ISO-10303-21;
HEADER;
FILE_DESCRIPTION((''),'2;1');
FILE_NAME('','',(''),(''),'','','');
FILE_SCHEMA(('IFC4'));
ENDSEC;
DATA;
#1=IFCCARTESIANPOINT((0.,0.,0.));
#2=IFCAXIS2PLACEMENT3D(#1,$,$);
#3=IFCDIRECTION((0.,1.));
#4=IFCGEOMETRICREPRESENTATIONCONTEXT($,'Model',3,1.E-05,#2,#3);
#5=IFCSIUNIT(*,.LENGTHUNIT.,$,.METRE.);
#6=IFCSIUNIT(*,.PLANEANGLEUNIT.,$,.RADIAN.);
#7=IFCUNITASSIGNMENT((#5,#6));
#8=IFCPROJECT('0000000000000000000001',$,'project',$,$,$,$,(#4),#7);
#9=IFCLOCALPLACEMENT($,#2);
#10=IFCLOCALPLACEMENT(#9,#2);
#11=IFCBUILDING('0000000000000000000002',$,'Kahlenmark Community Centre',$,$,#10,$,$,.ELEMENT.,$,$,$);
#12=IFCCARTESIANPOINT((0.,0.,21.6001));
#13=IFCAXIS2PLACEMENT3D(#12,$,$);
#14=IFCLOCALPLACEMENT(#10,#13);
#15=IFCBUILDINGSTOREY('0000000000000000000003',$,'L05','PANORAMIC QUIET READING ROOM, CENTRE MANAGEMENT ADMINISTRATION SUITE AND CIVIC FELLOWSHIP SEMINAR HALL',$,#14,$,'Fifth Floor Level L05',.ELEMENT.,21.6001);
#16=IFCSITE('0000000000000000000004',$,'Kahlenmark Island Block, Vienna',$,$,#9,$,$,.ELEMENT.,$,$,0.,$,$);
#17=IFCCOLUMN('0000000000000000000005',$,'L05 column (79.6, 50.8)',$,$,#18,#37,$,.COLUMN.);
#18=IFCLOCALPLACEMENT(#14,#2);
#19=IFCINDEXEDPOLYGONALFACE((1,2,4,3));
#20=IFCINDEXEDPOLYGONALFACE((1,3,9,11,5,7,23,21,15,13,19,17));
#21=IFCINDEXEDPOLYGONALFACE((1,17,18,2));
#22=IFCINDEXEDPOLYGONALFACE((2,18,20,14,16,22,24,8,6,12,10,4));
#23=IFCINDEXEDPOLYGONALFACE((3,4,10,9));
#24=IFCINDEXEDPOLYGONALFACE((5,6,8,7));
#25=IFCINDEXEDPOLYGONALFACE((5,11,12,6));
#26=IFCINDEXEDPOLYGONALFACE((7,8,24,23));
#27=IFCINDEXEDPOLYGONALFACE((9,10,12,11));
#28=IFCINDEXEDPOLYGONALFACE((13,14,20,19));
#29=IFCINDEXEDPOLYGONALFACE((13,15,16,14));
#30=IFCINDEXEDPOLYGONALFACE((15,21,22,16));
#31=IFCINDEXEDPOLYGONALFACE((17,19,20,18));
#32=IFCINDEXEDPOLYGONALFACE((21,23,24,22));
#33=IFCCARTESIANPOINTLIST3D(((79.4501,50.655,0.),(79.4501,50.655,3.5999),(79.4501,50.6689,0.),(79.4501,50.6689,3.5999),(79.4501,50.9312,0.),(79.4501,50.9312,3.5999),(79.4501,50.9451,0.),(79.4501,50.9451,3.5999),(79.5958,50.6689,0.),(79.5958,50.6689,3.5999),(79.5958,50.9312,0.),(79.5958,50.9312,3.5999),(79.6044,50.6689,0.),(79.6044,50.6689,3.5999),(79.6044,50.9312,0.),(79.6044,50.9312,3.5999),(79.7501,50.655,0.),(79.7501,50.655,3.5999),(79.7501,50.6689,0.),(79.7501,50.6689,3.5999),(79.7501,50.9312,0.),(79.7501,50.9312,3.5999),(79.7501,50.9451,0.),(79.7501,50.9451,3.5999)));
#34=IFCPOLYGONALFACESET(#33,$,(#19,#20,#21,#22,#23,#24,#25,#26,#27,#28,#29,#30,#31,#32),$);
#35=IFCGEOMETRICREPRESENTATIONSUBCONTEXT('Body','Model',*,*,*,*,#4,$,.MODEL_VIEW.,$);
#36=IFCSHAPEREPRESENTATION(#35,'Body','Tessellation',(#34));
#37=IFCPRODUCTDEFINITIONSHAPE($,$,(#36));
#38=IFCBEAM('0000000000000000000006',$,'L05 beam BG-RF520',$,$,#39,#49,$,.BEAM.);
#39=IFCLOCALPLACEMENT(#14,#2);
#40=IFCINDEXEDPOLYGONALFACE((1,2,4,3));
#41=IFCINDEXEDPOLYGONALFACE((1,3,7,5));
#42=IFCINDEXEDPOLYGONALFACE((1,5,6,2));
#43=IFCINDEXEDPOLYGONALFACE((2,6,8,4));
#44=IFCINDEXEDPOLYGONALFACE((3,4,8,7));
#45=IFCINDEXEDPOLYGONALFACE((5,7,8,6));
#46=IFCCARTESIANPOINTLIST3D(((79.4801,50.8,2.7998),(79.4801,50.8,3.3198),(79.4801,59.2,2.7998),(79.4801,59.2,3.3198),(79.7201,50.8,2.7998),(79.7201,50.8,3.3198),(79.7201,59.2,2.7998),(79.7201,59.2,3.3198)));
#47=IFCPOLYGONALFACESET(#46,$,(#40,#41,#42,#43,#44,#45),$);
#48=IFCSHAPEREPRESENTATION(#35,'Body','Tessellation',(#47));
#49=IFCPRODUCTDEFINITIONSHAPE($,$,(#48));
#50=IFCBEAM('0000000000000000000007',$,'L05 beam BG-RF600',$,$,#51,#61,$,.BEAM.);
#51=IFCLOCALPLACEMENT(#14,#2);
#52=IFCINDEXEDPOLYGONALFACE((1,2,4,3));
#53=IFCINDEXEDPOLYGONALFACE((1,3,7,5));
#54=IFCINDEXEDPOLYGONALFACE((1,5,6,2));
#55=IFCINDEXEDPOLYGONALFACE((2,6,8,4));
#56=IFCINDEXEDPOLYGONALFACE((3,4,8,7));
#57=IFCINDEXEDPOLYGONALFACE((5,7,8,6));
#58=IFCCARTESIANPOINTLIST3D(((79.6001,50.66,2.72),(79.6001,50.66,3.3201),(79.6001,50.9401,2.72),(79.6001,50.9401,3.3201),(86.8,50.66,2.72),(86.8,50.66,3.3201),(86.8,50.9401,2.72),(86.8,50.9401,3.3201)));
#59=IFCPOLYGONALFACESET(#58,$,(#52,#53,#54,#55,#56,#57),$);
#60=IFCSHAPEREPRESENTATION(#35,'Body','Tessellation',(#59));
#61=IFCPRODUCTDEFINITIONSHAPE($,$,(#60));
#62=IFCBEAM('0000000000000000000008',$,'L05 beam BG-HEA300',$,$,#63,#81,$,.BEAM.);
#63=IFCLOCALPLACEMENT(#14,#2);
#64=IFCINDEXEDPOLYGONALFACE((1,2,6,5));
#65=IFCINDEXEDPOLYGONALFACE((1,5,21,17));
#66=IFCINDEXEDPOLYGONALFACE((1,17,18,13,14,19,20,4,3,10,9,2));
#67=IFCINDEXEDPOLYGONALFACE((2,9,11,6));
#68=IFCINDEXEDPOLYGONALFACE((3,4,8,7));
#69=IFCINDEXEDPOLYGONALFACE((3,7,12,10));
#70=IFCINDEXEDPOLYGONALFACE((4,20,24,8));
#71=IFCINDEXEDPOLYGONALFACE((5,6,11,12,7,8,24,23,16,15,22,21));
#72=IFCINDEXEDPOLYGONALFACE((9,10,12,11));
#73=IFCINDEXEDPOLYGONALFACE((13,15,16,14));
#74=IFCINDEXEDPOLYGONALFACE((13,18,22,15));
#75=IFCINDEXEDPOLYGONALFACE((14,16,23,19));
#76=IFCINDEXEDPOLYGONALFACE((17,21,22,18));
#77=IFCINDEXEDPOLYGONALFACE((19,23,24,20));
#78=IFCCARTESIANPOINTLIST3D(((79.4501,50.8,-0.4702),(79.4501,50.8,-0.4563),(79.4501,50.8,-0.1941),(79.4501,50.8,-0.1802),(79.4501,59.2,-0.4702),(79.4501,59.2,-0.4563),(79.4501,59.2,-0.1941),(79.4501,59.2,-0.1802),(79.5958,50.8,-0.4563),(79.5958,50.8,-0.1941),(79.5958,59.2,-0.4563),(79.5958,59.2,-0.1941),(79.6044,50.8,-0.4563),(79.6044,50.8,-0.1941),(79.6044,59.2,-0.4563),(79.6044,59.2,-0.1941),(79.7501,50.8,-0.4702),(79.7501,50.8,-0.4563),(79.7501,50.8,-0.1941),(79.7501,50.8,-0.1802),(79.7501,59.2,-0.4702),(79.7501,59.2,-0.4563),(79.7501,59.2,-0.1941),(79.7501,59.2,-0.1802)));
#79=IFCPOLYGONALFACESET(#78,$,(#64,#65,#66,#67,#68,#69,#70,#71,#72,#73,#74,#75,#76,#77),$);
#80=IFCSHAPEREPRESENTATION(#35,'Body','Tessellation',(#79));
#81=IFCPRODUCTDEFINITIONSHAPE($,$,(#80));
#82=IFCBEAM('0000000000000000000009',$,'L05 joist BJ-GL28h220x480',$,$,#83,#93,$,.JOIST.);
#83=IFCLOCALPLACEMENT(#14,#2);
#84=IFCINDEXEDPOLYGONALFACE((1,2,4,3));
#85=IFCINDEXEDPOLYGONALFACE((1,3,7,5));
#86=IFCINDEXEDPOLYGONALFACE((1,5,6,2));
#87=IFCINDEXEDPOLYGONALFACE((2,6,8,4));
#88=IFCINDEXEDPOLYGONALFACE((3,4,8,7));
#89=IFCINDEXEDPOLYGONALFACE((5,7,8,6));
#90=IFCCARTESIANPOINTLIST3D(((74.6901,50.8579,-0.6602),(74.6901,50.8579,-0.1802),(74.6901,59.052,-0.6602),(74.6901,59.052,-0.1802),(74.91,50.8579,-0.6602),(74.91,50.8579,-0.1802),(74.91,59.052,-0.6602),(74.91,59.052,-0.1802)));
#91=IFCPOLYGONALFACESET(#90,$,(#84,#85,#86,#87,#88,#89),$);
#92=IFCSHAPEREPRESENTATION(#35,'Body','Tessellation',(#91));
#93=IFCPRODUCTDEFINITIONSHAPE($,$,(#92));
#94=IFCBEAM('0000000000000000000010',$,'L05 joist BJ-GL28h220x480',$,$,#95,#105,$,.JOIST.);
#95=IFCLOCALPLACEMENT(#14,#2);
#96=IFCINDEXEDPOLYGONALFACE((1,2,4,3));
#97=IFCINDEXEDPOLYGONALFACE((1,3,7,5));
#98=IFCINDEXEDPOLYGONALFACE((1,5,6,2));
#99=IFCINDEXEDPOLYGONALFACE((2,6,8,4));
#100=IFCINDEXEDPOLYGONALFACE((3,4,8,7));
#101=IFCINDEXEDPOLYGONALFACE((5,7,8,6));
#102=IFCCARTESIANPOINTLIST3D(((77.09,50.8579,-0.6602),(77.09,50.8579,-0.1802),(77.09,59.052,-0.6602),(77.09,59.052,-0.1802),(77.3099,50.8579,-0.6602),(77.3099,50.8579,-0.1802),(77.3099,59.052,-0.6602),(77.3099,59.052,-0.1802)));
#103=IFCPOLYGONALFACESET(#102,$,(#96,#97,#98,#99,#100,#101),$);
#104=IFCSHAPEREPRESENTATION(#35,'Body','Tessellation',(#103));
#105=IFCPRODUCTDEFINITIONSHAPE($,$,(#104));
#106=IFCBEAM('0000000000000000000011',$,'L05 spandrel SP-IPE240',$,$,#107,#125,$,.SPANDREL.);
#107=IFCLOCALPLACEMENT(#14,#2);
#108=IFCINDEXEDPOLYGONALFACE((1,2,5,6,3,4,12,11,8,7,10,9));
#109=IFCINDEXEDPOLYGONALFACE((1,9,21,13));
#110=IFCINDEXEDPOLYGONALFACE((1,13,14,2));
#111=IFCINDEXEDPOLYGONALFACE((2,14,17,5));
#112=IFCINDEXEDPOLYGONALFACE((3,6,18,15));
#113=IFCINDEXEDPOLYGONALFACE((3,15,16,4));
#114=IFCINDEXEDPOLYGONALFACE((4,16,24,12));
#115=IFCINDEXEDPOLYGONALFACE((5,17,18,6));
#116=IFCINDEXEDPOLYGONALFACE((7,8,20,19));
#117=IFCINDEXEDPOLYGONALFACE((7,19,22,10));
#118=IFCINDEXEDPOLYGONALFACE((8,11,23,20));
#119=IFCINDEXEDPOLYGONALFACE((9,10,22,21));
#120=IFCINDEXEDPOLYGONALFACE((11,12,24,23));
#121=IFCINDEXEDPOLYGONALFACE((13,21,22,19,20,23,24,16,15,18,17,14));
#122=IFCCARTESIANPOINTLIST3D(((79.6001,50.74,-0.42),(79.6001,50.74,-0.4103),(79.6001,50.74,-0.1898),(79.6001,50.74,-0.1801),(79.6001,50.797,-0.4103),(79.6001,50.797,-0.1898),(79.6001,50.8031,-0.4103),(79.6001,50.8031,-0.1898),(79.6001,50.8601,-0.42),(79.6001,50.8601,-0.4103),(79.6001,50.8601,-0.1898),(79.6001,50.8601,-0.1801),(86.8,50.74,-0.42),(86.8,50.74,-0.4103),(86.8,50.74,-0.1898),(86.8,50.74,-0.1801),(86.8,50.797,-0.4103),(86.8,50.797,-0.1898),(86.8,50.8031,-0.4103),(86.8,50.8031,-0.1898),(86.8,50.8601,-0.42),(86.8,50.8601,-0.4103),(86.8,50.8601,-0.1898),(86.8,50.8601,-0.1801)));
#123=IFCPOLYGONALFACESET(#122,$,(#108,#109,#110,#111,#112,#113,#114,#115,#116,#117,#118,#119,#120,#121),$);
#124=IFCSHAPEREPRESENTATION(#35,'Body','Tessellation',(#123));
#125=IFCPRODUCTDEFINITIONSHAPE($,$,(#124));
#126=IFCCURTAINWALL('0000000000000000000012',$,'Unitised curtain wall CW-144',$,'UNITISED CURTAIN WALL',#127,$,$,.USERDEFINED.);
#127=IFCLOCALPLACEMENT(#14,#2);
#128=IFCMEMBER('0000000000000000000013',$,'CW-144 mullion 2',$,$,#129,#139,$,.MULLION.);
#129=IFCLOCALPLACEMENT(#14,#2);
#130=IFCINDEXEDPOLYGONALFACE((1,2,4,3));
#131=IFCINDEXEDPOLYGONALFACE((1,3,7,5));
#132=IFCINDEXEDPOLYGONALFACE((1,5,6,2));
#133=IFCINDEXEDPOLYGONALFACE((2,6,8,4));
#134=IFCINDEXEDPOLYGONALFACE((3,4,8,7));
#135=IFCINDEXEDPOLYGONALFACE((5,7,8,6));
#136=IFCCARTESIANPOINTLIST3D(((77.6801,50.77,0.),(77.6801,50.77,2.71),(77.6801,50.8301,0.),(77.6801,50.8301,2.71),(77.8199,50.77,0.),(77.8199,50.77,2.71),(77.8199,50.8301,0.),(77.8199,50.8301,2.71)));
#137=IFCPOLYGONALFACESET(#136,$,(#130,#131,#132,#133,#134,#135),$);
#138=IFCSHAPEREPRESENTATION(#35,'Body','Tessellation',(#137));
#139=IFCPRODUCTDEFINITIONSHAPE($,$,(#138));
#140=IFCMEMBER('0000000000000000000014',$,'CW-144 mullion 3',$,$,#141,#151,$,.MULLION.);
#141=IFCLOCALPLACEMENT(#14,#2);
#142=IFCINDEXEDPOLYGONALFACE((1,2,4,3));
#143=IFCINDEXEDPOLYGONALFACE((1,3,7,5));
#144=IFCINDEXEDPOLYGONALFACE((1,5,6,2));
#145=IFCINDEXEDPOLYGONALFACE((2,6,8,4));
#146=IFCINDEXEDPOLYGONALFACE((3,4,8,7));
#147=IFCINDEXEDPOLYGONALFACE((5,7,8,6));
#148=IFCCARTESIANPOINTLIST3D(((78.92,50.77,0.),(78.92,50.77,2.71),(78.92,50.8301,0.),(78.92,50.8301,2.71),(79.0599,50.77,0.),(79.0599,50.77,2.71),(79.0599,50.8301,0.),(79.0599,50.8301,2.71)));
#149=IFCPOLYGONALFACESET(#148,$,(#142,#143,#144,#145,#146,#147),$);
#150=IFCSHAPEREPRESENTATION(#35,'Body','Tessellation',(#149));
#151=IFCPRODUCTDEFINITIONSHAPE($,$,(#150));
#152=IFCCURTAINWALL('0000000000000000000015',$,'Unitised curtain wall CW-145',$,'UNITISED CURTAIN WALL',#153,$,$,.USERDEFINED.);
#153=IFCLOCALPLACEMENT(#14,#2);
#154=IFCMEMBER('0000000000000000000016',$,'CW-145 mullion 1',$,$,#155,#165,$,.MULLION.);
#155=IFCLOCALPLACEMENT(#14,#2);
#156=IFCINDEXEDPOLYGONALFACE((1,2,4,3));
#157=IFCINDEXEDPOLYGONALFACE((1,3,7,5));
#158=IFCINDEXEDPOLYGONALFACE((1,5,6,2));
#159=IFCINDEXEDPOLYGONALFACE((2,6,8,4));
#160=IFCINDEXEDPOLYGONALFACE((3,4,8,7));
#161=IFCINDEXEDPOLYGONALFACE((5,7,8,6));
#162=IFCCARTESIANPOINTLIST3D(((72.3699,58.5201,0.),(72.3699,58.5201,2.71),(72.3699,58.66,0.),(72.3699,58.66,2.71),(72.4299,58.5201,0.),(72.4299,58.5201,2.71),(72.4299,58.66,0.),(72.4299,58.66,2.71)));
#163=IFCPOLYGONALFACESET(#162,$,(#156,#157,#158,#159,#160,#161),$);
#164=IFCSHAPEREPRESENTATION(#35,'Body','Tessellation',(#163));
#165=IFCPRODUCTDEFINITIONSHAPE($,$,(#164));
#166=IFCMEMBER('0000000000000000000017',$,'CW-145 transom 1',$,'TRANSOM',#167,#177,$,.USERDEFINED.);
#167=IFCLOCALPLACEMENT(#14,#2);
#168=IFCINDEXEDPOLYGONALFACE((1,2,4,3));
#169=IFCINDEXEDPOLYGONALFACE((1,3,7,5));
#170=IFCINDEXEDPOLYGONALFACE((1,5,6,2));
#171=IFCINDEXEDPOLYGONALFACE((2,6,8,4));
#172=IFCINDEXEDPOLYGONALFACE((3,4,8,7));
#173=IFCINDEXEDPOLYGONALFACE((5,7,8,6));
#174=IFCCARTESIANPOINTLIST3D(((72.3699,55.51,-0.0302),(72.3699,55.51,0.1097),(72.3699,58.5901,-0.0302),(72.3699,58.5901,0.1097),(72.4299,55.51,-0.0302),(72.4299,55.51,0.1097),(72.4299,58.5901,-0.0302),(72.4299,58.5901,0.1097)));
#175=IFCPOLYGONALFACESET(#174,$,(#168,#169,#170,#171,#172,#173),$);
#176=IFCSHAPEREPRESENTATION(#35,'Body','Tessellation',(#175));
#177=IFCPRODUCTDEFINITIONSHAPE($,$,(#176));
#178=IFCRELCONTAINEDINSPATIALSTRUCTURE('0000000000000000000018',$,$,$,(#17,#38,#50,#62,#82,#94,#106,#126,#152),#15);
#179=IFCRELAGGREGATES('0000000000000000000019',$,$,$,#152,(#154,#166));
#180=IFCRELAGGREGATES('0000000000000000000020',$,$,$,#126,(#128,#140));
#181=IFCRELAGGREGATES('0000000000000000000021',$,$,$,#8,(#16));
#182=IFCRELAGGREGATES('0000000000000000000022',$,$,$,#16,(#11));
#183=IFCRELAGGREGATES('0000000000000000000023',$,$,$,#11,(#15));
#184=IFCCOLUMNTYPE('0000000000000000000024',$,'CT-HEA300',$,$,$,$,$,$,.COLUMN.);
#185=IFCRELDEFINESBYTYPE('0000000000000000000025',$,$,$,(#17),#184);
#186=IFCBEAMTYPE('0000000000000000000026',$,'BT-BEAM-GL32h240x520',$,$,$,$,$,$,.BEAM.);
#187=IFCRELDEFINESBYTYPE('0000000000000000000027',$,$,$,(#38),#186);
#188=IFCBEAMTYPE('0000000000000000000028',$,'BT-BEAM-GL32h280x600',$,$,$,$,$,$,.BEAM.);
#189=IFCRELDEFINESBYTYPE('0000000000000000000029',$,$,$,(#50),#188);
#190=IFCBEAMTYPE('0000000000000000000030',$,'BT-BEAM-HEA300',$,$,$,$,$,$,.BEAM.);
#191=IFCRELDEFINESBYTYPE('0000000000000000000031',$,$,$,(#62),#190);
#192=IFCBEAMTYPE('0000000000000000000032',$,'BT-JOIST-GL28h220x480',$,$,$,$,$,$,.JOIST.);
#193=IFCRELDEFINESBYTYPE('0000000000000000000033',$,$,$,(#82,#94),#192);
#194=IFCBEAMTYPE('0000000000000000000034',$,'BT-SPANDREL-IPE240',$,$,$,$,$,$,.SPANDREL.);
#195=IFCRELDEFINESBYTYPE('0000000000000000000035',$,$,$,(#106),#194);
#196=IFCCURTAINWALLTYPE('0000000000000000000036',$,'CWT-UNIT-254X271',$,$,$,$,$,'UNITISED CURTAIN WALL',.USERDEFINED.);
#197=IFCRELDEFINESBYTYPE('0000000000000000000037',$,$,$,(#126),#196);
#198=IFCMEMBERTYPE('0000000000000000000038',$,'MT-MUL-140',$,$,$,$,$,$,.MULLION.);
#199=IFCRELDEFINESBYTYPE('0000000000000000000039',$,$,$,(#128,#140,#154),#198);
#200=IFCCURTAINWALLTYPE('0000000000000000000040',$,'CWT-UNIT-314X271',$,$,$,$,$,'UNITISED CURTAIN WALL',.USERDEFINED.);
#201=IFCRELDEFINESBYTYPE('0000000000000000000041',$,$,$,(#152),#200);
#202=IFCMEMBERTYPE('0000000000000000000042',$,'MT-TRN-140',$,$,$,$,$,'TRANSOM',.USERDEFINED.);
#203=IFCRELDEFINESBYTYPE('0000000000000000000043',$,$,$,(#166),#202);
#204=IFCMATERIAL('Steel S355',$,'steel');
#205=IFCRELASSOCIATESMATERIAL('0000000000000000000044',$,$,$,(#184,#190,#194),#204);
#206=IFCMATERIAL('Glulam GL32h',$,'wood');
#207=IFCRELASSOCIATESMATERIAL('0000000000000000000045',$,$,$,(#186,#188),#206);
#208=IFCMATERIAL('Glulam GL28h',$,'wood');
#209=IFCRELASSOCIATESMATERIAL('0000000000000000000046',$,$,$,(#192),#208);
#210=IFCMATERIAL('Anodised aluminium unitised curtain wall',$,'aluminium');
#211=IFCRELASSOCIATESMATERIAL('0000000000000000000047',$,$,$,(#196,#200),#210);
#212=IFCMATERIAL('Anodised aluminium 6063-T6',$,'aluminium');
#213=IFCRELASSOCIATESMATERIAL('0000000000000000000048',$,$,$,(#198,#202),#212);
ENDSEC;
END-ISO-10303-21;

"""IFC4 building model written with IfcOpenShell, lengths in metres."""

from ifc_helpers import new_model, si_unit, direction, frame, origin, origin_2d, place, context, subcontext, project, spatial, rectangle, i_section, extrude, material, material_profile, profile_set, type_object, element, aggregate, save


model = new_model("IFC4")

# Units and contexts
model_context = context("Model", 3, precision=1e-05, world=origin(), true_north=direction((0.0, 1.0)))
body_context = subcontext(model_context, "Body", "Model", "MODEL_VIEW")
ifc_project = project(units=[si_unit("LENGTHUNIT", "METRE"), si_unit("PLANEANGLEUNIT", "RADIAN")], contexts=[model_context])

# Site, building, storey
site_placement = place(None, origin())
site = spatial("IfcSite", under=ifc_project, at=site_placement, Name="Kahlenmark Island Block, Vienna", CompositionType="ELEMENT", RefElevation=0.0)
building_placement = place(site_placement, origin())
building = spatial("IfcBuilding", under=site, at=building_placement, Name="Kahlenmark Community Centre", CompositionType="ELEMENT")
storey_placement = place(building_placement, frame((0.0, 0.0, 21.6001)))
storey = spatial("IfcBuildingStorey", under=building, at=storey_placement, Name="L05", Description="PANORAMIC QUIET READING ROOM, CENTRE MANAGEMENT ADMINISTRATION SUITE AND CIVIC FELLOWSHIP SEMINAR HALL", LongName="Fifth Floor Level L05", CompositionType="ELEMENT", Elevation=21.6001)

# Column
ifc_material_1 = material(Name="Steel S355", Category="steel")
ifc_material_profile_1 = material_profile(ifc_material_1, i_section(OverallWidth=0.3, OverallDepth=0.29, WebThickness=0.0085, FlangeThickness=0.0139, at=origin_2d()), Name="HEA 300")
ifc_profile_set_1 = profile_set([ifc_material_profile_1], Name="Steel S355")
column_type = type_object("IfcColumnType", Name="CT-HEA300", PredefinedType="COLUMN", material=ifc_profile_set_1)
column_placement = place(storey_placement, frame((79.6001, 50.8, 0.0), z_axis=(0.0, 0.0, 1.0), x_axis=(1.0, 0.0, 0.0)))
element("IfcColumn", 1, at=column_placement, inside=storey, type_object=column_type, Name="L05 column (79.6, 50.8)", PredefinedType="COLUMN", context=body_context, shape_type="SweptSolid", body=[
    extrude(i_section(OverallWidth=0.3, OverallDepth=0.29, WebThickness=0.0085, FlangeThickness=0.0139, at=origin_2d()), origin(), (0.0, 0.0, 1.0), 3.5999),
])

# Beams
ifc_material_2 = material(Name="Glulam GL32h", Category="wood")
ifc_material_profile_2 = material_profile(ifc_material_2, rectangle(XDim=0.24, YDim=0.52, at=origin_2d()), Name="GL32h 240x520")
ifc_profile_set_2 = profile_set([ifc_material_profile_2], Name="Glulam GL32h")
beam_type_1 = type_object("IfcBeamType", Name="BT-BEAM-GL32h240x520", PredefinedType="BEAM", material=ifc_profile_set_2)
beam_1_placement = place(storey_placement, frame((79.6001, 50.8, 3.0598), z_axis=(0.0, 1.0, 0.0), x_axis=(-1.0, 0.0, 0.0)))
element("IfcBeam", 2, at=beam_1_placement, inside=storey, type_object=beam_type_1, Name="L05 beam BG-RF520", PredefinedType="BEAM", context=body_context, shape_type="SweptSolid", body=[
    extrude(rectangle(XDim=0.24, YDim=0.52, at=origin_2d()), origin(), (0.0, 0.0, 1.0), 8.3999),
])
ifc_material_profile_3 = material_profile(ifc_material_2, rectangle(XDim=0.28, YDim=0.6001, at=origin_2d()), Name="GL32h 280x600")
ifc_profile_set_3 = profile_set([ifc_material_profile_3], Name="Glulam GL32h")
beam_type_2 = type_object("IfcBeamType", Name="BT-BEAM-GL32h280x600", PredefinedType="BEAM", material=ifc_profile_set_3)
beam_2_placement = place(storey_placement, frame((79.6001, 50.8, 3.02), z_axis=(1.0, 0.0, 0.0), x_axis=(0.0, 1.0, 0.0)))
element("IfcBeam", 3, at=beam_2_placement, inside=storey, type_object=beam_type_2, Name="L05 beam BG-RF600", PredefinedType="BEAM", context=body_context, shape_type="SweptSolid", body=[
    extrude(rectangle(XDim=0.28, YDim=0.6001, at=origin_2d()), origin(), (0.0, 0.0, 1.0), 7.2),
])
ifc_material_profile_4 = material_profile(ifc_material_1, i_section(OverallWidth=0.3, OverallDepth=0.29, WebThickness=0.0085, FlangeThickness=0.0139, at=origin_2d()), Name="HEA 300")
ifc_profile_set_4 = profile_set([ifc_material_profile_4], Name="Steel S355")
beam_type_3 = type_object("IfcBeamType", Name="BT-BEAM-HEA300", PredefinedType="BEAM", material=ifc_profile_set_4)
beam_3_placement = place(storey_placement, frame((79.6001, 50.8, -0.3252), z_axis=(0.0, 1.0, 0.0), x_axis=(-1.0, 0.0, 0.0)))
element("IfcBeam", 4, at=beam_3_placement, inside=storey, type_object=beam_type_3, Name="L05 beam BG-HEA300", PredefinedType="BEAM", context=body_context, shape_type="SweptSolid", body=[
    extrude(i_section(OverallWidth=0.3, OverallDepth=0.29, WebThickness=0.0085, FlangeThickness=0.0139, at=origin_2d()), origin(), (0.0, 0.0, 1.0), 8.3999),
])
ifc_material_3 = material(Name="Glulam GL28h", Category="wood")
ifc_material_profile_5 = material_profile(ifc_material_3, rectangle(XDim=0.22, YDim=0.48, at=origin_2d()), Name="GL28h 220x480")
ifc_profile_set_5 = profile_set([ifc_material_profile_5], Name="Glulam GL28h")
beam_type_4 = type_object("IfcBeamType", Name="BT-JOIST-GL28h220x480", PredefinedType="JOIST", material=ifc_profile_set_5)
for number, where, z_axis, x_axis, name in (
    (5, (74.8, 50.8579, -0.4202), (0.0, 1.0, 0.0), (-1.0, 0.0, 0.0), "L05 joist BJ-GL28h220x480"),
    (6, (77.2, 50.8579, -0.4202), (0.0, 1.0, 0.0), (-1.0, 0.0, 0.0), "L05 joist BJ-GL28h220x480"),
):
    element("IfcBeam", number, at=place(storey_placement, frame(where, z_axis=z_axis, x_axis=x_axis)), inside=storey, type_object=beam_type_4, Name=name, PredefinedType="JOIST", context=body_context, shape_type="SweptSolid", body=[
        extrude(rectangle(XDim=0.22, YDim=0.48, at=origin_2d()), origin(), (0.0, 0.0, 1.0), 8.1941),
    ])
ifc_material_profile_6 = material_profile(ifc_material_1, i_section(OverallWidth=0.1201, OverallDepth=0.24, WebThickness=0.0061, FlangeThickness=0.0098, at=origin_2d()), Name="IPE 240")
ifc_profile_set_6 = profile_set([ifc_material_profile_6], Name="Steel S355")
beam_type_5 = type_object("IfcBeamType", Name="BT-SPANDREL-IPE240", PredefinedType="SPANDREL", material=ifc_profile_set_6)
beam_4_placement = place(storey_placement, frame((79.6001, 50.8, -0.3), z_axis=(1.0, 0.0, 0.0), x_axis=(0.0, 1.0, 0.0)))
element("IfcBeam", 7, at=beam_4_placement, inside=storey, type_object=beam_type_5, Name="L05 spandrel SP-IPE240", PredefinedType="SPANDREL", context=body_context, shape_type="SweptSolid", body=[
    extrude(i_section(OverallWidth=0.1201, OverallDepth=0.24, WebThickness=0.0061, FlangeThickness=0.0098, at=origin_2d()), origin(), (0.0, 0.0, 1.0), 7.2),
])

# Curtain walls, members
ifc_material_4 = material(Name="Anodised aluminium unitised curtain wall", Category="aluminium")
curtain_wall_type_1 = type_object("IfcCurtainWallType", Name="CWT-UNIT-254X271", ElementType="UNITISED CURTAIN WALL", PredefinedType="USERDEFINED", material=ifc_material_4)
curtain_wall_1_placement = place(storey_placement, origin())
curtain_wall_1 = element("IfcCurtainWall", 8, at=curtain_wall_1_placement, inside=storey, type_object=curtain_wall_type_1, Name="Unitised curtain wall CW-144", ObjectType="UNITISED CURTAIN WALL", PredefinedType="USERDEFINED")
ifc_material_5 = material(Name="Anodised aluminium 6063-T6", Category="aluminium")
ifc_material_profile_7 = material_profile(ifc_material_5, rectangle(XDim=0.0601, YDim=0.1399, at=origin_2d()), Name="ALU MULLION 60x140")
ifc_profile_set_7 = profile_set([ifc_material_profile_7], Name="Anodised aluminium 6063-T6")
member_type_1 = type_object("IfcMemberType", Name="MT-MUL-140", PredefinedType="MULLION", material=ifc_profile_set_7)
member_1_placement = place(storey_placement, frame((77.75, 50.8, 0.0), z_axis=(0.0, 0.0, 1.0), x_axis=(0.0, 1.0, 0.0)))
member_1 = element("IfcMember", 9, at=member_1_placement, type_object=member_type_1, Name="CW-144 mullion 2", PredefinedType="MULLION", context=body_context, shape_type="SweptSolid", body=[
    extrude(rectangle(XDim=0.0601, YDim=0.1399, at=origin_2d()), origin(), (0.0, 0.0, 1.0), 2.71),
])
member_2_placement = place(storey_placement, frame((78.99, 50.8, 0.0), z_axis=(0.0, 0.0, 1.0), x_axis=(0.0, 1.0, 0.0)))
member_2 = element("IfcMember", 10, at=member_2_placement, type_object=member_type_1, Name="CW-144 mullion 3", PredefinedType="MULLION", context=body_context, shape_type="SweptSolid", body=[
    extrude(rectangle(XDim=0.0601, YDim=0.1399, at=origin_2d()), origin(), (0.0, 0.0, 1.0), 2.71),
])
curtain_wall_type_2 = type_object("IfcCurtainWallType", Name="CWT-UNIT-314X271", ElementType="UNITISED CURTAIN WALL", PredefinedType="USERDEFINED", material=ifc_material_4)
curtain_wall_2_placement = place(storey_placement, origin())
curtain_wall_2 = element("IfcCurtainWall", 11, at=curtain_wall_2_placement, inside=storey, type_object=curtain_wall_type_2, Name="Unitised curtain wall CW-145", ObjectType="UNITISED CURTAIN WALL", PredefinedType="USERDEFINED")
member_3_placement = place(storey_placement, frame((72.3999, 58.5901, 0.0), z_axis=(0.0, 0.0, 1.0), x_axis=(1.0, 0.0, 0.0)))
member_3 = element("IfcMember", 12, at=member_3_placement, type_object=member_type_1, Name="CW-145 mullion 1", PredefinedType="MULLION", context=body_context, shape_type="SweptSolid", body=[
    extrude(rectangle(XDim=0.0601, YDim=0.1399, at=origin_2d()), origin(), (0.0, 0.0, 1.0), 2.71),
])
ifc_material_profile_8 = material_profile(ifc_material_5, rectangle(XDim=0.0601, YDim=0.1399, at=origin_2d()), Name="ALU TRANSOM 60x140")
ifc_profile_set_8 = profile_set([ifc_material_profile_8], Name="Anodised aluminium 6063-T6")
member_type_2 = type_object("IfcMemberType", Name="MT-TRN-140", ElementType="TRANSOM", PredefinedType="USERDEFINED", material=ifc_profile_set_8)
member_4_placement = place(storey_placement, frame((72.3999, 58.5901, 0.0398), z_axis=(0.0, -1.0, 0.0), x_axis=(1.0, 0.0, 0.0)))
member_4 = element("IfcMember", 13, at=member_4_placement, type_object=member_type_2, Name="CW-145 transom 1", ObjectType="TRANSOM", PredefinedType="USERDEFINED", context=body_context, shape_type="SweptSolid", body=[
    extrude(rectangle(XDim=0.0601, YDim=0.1399, at=origin_2d()), origin(), (0.0, 0.0, 1.0), 3.0801),
])

aggregate(curtain_wall_2, [member_3, member_4])
aggregate(curtain_wall_1, [member_1, member_2])

save(model, "model.ifc")
